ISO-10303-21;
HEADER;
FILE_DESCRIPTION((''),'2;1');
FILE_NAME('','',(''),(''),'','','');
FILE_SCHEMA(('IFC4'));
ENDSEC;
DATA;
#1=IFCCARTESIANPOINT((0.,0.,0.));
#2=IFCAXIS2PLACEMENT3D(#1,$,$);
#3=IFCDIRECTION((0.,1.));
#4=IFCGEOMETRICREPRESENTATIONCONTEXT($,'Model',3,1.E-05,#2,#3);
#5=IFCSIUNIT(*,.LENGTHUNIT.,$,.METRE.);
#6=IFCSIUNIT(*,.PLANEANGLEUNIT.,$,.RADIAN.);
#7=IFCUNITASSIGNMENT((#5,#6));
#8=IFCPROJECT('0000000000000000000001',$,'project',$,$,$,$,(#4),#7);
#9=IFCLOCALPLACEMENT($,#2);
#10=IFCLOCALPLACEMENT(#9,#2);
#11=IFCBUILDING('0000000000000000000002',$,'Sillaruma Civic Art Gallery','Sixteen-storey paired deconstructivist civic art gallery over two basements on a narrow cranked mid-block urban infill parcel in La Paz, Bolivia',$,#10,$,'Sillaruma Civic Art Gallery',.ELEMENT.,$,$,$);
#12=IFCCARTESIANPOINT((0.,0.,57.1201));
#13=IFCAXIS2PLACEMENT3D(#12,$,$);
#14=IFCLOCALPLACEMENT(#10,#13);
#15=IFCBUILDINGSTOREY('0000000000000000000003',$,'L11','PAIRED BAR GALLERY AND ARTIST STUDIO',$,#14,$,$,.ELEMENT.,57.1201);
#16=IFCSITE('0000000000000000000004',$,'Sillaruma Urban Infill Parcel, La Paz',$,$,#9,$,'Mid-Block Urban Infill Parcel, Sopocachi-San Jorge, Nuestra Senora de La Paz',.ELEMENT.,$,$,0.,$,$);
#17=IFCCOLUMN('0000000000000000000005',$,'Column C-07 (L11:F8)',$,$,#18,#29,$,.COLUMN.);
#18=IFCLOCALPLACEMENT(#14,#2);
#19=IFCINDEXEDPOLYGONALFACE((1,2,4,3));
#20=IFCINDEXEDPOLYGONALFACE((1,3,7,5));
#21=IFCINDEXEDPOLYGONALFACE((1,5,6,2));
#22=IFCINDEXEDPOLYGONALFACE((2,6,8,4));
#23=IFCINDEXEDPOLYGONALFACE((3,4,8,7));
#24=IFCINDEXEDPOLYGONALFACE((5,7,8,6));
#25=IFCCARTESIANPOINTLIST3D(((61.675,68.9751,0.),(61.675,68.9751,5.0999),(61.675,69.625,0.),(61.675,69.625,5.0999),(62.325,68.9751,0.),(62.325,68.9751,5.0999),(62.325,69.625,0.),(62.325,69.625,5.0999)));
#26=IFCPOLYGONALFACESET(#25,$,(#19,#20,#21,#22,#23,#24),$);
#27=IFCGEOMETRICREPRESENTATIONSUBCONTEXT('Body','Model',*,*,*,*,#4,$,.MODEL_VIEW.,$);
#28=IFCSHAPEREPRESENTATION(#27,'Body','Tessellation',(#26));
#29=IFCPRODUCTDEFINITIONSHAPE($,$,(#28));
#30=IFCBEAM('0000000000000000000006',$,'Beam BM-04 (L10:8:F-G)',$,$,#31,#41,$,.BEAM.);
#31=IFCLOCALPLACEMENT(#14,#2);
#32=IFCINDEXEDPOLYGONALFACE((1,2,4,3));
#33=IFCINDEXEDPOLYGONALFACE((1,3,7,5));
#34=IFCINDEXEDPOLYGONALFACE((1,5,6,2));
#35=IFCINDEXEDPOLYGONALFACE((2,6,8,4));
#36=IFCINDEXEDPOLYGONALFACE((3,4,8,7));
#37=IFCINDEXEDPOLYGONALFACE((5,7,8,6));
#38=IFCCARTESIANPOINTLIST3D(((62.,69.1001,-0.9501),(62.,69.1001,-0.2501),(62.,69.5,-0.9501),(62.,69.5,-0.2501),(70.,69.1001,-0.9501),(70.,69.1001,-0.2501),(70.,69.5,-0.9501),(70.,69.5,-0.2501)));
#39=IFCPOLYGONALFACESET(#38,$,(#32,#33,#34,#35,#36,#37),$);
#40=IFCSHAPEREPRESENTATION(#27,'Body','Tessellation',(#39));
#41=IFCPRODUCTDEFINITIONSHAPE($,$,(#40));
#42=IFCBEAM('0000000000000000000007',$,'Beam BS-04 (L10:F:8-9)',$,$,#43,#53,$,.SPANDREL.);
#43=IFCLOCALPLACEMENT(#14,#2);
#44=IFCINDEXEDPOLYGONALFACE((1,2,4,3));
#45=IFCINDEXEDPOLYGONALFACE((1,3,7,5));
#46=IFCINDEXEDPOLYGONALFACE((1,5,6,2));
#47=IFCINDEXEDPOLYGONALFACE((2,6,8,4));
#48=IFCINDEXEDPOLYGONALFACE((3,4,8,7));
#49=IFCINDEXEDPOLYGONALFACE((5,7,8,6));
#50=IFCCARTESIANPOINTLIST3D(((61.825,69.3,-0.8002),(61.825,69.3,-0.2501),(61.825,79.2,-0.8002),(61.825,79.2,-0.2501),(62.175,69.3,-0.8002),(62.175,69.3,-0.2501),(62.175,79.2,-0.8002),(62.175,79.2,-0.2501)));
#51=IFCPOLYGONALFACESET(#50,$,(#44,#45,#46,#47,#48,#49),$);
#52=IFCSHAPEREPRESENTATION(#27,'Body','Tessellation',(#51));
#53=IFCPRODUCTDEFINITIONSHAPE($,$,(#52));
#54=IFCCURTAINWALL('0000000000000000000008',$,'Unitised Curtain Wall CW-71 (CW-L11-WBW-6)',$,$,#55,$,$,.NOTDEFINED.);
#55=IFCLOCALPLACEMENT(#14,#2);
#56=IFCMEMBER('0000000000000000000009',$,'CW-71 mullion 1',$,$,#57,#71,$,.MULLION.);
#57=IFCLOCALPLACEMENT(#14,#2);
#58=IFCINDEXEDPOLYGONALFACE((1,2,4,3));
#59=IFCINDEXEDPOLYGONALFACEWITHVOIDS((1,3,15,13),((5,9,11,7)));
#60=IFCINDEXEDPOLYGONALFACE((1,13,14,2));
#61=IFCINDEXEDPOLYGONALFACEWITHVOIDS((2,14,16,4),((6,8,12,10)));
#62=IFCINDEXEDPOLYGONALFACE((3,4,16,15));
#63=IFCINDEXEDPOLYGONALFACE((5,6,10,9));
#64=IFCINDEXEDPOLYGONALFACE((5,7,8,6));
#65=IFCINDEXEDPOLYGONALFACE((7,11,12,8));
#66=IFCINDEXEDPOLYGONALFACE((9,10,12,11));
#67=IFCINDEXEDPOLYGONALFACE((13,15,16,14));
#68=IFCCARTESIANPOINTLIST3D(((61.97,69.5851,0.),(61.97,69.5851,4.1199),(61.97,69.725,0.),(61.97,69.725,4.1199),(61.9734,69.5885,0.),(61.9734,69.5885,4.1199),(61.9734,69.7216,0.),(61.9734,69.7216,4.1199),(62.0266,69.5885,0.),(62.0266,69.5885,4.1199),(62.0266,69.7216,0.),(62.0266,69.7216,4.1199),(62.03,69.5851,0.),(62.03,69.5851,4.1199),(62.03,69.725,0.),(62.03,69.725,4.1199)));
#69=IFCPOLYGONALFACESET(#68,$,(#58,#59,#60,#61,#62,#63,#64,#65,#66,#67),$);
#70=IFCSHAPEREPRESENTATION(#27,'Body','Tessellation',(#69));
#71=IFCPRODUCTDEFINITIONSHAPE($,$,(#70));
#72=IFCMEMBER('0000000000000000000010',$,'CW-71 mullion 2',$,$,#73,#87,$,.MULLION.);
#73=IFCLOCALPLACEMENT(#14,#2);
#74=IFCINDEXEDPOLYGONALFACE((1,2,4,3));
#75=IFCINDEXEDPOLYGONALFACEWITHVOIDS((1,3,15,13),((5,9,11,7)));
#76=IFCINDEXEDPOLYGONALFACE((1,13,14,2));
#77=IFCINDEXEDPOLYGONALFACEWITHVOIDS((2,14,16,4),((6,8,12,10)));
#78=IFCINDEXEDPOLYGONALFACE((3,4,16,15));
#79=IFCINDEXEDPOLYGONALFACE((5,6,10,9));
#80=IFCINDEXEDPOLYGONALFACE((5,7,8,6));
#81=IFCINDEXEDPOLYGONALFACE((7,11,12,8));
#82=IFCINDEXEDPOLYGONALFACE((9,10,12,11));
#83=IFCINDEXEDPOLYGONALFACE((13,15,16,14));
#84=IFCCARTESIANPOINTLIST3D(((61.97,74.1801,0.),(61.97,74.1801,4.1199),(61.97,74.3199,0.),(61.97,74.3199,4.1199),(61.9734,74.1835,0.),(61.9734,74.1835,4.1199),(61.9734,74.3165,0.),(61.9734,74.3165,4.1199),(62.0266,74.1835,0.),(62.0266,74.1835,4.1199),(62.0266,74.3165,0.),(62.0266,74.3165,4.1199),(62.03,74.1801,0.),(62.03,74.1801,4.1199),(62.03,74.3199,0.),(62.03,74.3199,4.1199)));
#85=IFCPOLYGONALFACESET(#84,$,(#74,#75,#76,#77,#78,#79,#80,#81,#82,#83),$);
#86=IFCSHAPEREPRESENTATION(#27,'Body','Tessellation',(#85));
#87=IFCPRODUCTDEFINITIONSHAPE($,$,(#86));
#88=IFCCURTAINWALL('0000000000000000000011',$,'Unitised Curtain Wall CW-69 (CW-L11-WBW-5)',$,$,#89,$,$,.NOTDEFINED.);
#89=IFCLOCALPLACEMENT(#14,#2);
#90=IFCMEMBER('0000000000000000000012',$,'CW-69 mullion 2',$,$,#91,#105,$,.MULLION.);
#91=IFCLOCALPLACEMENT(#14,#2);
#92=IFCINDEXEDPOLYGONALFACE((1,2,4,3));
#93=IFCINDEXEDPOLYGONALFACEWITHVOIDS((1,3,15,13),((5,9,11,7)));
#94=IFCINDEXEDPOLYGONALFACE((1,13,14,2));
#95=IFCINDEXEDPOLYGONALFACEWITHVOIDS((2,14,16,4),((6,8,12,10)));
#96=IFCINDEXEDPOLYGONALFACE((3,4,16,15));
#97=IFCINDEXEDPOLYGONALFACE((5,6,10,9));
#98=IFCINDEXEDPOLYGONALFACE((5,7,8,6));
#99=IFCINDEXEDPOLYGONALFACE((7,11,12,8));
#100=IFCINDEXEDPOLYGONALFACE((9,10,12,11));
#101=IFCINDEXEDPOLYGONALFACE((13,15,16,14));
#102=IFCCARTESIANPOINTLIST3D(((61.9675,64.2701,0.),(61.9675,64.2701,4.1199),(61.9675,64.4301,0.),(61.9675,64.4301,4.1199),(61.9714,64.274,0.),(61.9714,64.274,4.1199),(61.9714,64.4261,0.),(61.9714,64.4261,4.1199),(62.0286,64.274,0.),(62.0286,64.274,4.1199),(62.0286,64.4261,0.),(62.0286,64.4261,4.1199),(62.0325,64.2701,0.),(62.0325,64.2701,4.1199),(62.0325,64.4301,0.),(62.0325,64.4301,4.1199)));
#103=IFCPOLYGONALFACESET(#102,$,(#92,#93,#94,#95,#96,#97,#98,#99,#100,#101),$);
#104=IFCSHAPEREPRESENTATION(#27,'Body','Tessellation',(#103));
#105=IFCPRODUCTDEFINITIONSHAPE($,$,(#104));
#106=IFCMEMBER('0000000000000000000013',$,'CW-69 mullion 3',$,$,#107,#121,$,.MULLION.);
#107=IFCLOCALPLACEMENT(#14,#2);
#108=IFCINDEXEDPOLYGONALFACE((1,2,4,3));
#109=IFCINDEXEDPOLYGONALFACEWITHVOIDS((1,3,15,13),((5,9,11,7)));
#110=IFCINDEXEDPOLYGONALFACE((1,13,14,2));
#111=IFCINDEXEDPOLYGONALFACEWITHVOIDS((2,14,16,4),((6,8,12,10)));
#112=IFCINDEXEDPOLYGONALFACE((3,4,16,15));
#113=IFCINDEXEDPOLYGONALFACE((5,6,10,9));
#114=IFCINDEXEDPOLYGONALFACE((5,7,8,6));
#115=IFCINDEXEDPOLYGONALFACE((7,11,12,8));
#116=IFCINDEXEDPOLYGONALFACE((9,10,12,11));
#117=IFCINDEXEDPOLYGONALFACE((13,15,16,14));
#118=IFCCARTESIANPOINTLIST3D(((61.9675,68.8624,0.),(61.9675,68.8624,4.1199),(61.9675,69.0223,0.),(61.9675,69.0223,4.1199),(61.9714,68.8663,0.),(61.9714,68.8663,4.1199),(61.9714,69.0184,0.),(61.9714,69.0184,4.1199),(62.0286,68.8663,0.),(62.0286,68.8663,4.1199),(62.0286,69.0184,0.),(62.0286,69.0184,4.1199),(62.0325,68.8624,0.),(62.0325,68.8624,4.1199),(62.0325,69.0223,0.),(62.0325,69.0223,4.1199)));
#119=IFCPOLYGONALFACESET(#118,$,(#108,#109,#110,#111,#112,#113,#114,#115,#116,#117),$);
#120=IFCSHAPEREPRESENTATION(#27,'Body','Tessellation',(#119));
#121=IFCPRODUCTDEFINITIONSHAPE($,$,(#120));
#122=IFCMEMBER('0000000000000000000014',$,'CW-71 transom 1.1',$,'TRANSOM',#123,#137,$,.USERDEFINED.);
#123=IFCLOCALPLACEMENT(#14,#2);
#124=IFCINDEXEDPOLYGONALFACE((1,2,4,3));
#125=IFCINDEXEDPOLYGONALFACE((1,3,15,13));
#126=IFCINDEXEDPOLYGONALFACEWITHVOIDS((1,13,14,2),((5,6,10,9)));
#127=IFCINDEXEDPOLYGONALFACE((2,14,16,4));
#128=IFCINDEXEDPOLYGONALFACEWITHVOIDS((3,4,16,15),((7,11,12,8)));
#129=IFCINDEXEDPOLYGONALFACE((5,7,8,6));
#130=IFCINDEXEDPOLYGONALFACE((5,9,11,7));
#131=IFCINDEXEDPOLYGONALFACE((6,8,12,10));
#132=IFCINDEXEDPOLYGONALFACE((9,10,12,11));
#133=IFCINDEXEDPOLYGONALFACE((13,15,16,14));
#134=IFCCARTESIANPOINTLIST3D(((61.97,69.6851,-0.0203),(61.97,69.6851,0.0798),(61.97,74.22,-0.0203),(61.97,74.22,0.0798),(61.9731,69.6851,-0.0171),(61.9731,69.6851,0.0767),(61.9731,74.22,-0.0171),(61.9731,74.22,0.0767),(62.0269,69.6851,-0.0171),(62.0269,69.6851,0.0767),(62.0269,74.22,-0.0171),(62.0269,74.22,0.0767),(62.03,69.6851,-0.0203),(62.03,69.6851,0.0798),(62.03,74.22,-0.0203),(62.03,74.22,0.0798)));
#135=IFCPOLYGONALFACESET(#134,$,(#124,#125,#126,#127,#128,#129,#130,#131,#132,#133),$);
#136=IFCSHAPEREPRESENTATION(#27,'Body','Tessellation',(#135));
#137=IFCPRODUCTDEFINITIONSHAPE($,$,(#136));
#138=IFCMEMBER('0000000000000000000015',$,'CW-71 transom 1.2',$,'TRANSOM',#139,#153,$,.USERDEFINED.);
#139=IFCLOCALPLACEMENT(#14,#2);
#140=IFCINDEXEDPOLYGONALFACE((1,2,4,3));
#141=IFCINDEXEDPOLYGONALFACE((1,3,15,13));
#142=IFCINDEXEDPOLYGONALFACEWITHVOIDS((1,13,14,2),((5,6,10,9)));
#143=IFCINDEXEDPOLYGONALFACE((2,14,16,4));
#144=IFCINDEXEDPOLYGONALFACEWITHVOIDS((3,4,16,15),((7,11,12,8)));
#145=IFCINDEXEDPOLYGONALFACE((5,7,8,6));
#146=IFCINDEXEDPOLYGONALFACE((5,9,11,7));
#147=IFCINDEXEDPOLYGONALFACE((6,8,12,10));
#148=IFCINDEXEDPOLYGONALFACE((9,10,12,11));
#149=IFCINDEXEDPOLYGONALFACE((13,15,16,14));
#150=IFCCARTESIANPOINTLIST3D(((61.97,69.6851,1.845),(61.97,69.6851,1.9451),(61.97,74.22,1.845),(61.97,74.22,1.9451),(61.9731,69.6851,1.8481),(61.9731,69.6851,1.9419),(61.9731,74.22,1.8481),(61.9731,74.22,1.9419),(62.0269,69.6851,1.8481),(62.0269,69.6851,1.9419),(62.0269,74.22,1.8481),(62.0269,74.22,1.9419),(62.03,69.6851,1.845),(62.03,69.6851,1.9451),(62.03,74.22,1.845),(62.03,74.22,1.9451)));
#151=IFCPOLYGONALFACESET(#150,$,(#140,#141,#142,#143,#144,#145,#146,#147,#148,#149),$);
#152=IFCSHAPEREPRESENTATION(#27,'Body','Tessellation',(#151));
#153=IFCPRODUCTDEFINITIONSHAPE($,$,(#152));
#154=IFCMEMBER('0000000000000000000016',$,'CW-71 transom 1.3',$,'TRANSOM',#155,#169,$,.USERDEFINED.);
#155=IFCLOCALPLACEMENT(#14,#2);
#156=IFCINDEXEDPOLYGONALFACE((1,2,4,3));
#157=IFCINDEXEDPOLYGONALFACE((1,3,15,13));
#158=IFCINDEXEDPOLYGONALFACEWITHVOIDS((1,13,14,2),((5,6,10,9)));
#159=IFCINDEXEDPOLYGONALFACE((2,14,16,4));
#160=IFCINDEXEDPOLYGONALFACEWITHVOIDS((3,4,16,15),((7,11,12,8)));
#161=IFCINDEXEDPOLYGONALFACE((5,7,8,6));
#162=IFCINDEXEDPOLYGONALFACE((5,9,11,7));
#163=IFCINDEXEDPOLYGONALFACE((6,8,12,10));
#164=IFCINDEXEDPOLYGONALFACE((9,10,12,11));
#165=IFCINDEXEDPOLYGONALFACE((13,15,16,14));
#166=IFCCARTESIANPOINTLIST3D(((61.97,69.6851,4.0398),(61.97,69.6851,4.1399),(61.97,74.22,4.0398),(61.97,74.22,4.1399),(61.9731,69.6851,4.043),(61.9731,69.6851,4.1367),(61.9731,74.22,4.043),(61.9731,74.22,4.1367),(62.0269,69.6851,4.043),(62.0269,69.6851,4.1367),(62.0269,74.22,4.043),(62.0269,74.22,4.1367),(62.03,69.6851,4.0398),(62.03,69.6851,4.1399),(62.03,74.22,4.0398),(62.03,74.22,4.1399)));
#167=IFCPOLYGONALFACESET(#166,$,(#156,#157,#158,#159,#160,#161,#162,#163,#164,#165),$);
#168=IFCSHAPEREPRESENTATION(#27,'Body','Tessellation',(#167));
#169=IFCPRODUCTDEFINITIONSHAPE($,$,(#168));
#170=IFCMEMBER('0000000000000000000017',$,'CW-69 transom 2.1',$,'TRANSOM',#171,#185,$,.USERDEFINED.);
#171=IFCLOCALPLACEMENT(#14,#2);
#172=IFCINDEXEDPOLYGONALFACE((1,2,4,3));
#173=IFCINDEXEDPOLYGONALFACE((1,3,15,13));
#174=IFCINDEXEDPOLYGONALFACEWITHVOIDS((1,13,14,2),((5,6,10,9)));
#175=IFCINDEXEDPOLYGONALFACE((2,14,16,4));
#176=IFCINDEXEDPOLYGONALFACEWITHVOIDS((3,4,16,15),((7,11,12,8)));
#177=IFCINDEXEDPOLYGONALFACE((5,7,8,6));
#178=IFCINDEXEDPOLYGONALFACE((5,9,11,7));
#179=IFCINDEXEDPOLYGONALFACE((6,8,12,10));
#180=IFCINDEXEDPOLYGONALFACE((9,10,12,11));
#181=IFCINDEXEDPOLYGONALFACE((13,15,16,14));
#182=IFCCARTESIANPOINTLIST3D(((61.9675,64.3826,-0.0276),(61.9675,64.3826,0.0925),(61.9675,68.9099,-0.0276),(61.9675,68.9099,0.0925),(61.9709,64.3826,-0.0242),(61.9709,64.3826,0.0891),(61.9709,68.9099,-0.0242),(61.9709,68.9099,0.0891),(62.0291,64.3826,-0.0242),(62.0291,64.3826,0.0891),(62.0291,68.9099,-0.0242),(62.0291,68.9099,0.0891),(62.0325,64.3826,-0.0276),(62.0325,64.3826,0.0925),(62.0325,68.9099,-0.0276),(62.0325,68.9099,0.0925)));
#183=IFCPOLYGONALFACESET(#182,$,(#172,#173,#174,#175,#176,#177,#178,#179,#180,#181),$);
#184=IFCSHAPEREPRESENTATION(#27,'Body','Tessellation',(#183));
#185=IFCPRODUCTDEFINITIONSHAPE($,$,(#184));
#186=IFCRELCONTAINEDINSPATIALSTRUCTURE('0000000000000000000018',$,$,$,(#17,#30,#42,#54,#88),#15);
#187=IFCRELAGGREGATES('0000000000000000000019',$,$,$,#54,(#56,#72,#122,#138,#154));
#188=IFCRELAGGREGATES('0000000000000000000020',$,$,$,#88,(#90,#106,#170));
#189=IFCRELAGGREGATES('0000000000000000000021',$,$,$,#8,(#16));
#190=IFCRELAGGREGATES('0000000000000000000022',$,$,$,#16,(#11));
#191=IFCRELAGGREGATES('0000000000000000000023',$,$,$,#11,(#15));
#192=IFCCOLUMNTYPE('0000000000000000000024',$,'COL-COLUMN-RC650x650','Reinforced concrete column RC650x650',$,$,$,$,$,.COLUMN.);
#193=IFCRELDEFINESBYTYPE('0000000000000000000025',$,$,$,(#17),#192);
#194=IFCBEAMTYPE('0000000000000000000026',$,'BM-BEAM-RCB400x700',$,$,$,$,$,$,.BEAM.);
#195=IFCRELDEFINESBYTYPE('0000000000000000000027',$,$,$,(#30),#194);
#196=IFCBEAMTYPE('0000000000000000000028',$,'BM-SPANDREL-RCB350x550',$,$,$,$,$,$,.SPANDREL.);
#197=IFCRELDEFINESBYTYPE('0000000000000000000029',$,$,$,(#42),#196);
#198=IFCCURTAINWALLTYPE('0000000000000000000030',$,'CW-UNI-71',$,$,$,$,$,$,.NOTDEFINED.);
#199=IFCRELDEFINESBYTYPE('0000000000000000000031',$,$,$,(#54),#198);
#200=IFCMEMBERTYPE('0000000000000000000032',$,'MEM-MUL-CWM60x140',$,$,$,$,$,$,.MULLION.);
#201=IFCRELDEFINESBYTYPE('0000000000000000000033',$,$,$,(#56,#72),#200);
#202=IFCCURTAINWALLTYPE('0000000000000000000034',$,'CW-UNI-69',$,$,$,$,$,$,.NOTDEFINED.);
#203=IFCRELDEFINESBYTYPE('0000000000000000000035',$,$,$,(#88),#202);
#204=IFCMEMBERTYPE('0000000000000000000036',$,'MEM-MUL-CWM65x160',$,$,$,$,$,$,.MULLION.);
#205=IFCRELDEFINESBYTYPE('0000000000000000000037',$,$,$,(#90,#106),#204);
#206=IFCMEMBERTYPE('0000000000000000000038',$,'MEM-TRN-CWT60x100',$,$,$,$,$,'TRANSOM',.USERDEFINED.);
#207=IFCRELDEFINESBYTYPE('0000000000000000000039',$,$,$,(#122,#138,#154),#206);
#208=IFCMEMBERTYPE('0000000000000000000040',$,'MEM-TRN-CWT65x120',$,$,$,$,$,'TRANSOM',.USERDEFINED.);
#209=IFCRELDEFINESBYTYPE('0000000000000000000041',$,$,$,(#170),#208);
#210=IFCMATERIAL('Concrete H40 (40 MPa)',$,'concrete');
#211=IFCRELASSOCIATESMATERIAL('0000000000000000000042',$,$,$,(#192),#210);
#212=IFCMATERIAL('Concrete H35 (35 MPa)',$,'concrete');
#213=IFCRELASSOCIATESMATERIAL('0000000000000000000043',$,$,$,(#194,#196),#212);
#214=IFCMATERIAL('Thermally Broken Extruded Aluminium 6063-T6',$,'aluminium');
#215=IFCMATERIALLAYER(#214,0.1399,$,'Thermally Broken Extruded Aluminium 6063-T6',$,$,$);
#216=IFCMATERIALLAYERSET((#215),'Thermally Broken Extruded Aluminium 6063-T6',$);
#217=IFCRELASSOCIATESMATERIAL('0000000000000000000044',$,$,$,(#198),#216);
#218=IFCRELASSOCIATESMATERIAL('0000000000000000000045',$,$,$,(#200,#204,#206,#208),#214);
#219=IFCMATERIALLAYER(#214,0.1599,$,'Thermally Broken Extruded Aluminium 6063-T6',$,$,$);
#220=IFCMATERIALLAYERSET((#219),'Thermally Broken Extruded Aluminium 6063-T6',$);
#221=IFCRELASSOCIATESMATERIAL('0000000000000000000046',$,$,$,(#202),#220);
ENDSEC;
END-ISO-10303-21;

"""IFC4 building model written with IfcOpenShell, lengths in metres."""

from ifc_helpers import new_model, si_unit, direction, frame, origin, origin_2d, place, context, subcontext, project, spatial, rectangle, hollow_rectangle, extrude, material, layer, layer_set, material_profile, profile_set, type_object, element, aggregate, save


model = new_model("IFC4")

# Units and contexts
model_context = context("Model", 3, precision=1e-05, world=origin(), true_north=direction((0.0, 1.0)))
body_context = subcontext(model_context, "Body", "Model", "MODEL_VIEW")
ifc_project = project(units=[si_unit("LENGTHUNIT", "METRE"), si_unit("PLANEANGLEUNIT", "RADIAN")], contexts=[model_context])

# Site, building, storey
site_placement = place(None, origin())
site = spatial("IfcSite", under=ifc_project, at=site_placement, Name="Sillaruma Urban Infill Parcel, La Paz", LongName="Mid-Block Urban Infill Parcel, Sopocachi-San Jorge, Nuestra Senora de La Paz", CompositionType="ELEMENT", RefElevation=0.0)
building_placement = place(site_placement, origin())
building = spatial("IfcBuilding", under=site, at=building_placement, Name="Sillaruma Civic Art Gallery", Description="Sixteen-storey paired deconstructivist civic art gallery over two basements on a narrow cranked mid-block urban infill parcel in La Paz, Bolivia", LongName="Sillaruma Civic Art Gallery", CompositionType="ELEMENT")
storey_placement = place(building_placement, frame((0.0, 0.0, 57.1201)))
storey = spatial("IfcBuildingStorey", under=building, at=storey_placement, Name="L11", Description="PAIRED BAR GALLERY AND ARTIST STUDIO", CompositionType="ELEMENT", Elevation=57.1201)

# Column
ifc_material_1 = material(Name="Concrete H40 (40 MPa)", Category="concrete")
ifc_material_profile_1 = material_profile(ifc_material_1, rectangle(XDim=0.6499, YDim=0.6499, at=origin_2d()), Name="RC650x650")
ifc_profile_set_1 = profile_set([ifc_material_profile_1], Name="Concrete H40 (40 MPa)")
column_type = type_object("IfcColumnType", Name="COL-COLUMN-RC650x650", Description="Reinforced concrete column RC650x650", PredefinedType="COLUMN", material=ifc_profile_set_1)
column_placement = place(storey_placement, frame((62.0, 69.3, 0.0), z_axis=(0.0, 0.0, 1.0), x_axis=(1.0, 0.0, 0.0)))
element("IfcColumn", 1, at=column_placement, inside=storey, type_object=column_type, Name="Column C-07 (L11:F8)", PredefinedType="COLUMN", context=body_context, shape_type="SweptSolid", body=[
    extrude(rectangle(XDim=0.6499, YDim=0.6499, at=origin_2d()), origin(), (0.0, 0.0, 1.0), 5.0999),
])

# Beams
ifc_material_2 = material(Name="Concrete H35 (35 MPa)", Category="concrete")
ifc_material_profile_2 = material_profile(ifc_material_2, rectangle(XDim=0.3999, YDim=0.7, at=origin_2d()), Name="RCB400x700")
ifc_profile_set_2 = profile_set([ifc_material_profile_2], Name="Concrete H35 (35 MPa)")
beam_type_1 = type_object("IfcBeamType", Name="BM-BEAM-RCB400x700", PredefinedType="BEAM", material=ifc_profile_set_2)
beam_1_placement = place(storey_placement, frame((62.0, 69.3, -0.6001), z_axis=(1.0, 0.0, 0.0), x_axis=(0.0, 1.0, 0.0)))
element("IfcBeam", 2, at=beam_1_placement, inside=storey, type_object=beam_type_1, Name="Beam BM-04 (L10:8:F-G)", PredefinedType="BEAM", context=body_context, shape_type="SweptSolid", body=[
    extrude(rectangle(XDim=0.3999, YDim=0.7, at=origin_2d()), origin(), (0.0, 0.0, 1.0), 8.0),
])
ifc_material_profile_3 = material_profile(ifc_material_2, rectangle(XDim=0.3501, YDim=0.55, at=origin_2d()), Name="RCB350x550")
ifc_profile_set_3 = profile_set([ifc_material_profile_3], Name="Concrete H35 (35 MPa)")
beam_type_2 = type_object("IfcBeamType", Name="BM-SPANDREL-RCB350x550", PredefinedType="SPANDREL", material=ifc_profile_set_3)
beam_2_placement = place(storey_placement, frame((62.0, 69.3, -0.5251), z_axis=(0.0, 1.0, 0.0), x_axis=(-1.0, 0.0, 0.0)))
element("IfcBeam", 3, at=beam_2_placement, inside=storey, type_object=beam_type_2, Name="Beam BS-04 (L10:F:8-9)", PredefinedType="SPANDREL", context=body_context, shape_type="SweptSolid", body=[
    extrude(rectangle(XDim=0.3501, YDim=0.55, at=origin_2d()), origin(), (0.0, 0.0, 1.0), 9.8999),
])

# Curtain walls, members
ifc_material_3 = material(Name="Thermally Broken Extruded Aluminium 6063-T6", Category="aluminium")
ifc_layer_1 = layer(ifc_material_3, 0.1399, Name="Thermally Broken Extruded Aluminium 6063-T6")
ifc_layer_set_1 = layer_set([ifc_layer_1], Name="Thermally Broken Extruded Aluminium 6063-T6")
curtain_wall_type_1 = type_object("IfcCurtainWallType", Name="CW-UNI-71", PredefinedType="NOTDEFINED", material=ifc_layer_set_1)
curtain_wall_1_placement = place(storey_placement, origin())
curtain_wall_1 = element("IfcCurtainWall", 4, at=curtain_wall_1_placement, inside=storey, type_object=curtain_wall_type_1, Name="Unitised Curtain Wall CW-71 (CW-L11-WBW-6)", PredefinedType="NOTDEFINED")
ifc_material_profile_4 = material_profile(ifc_material_3, hollow_rectangle(XDim=0.0601, YDim=0.1399, WallThickness=0.0034, at=origin_2d()), Name="CWM60x140")
ifc_profile_set_4 = profile_set([ifc_material_profile_4], Name="Thermally Broken Extruded Aluminium 6063-T6")
member_type_1 = type_object("IfcMemberType", Name="MEM-MUL-CWM60x140", PredefinedType="MULLION", material=ifc_profile_set_4)
member_1_placement = place(storey_placement, frame((62.0, 69.655, 0.0), z_axis=(0.0, 0.0, 1.0), x_axis=(-1.0, 0.0, 0.0)))
member_1 = element("IfcMember", 5, at=member_1_placement, type_object=member_type_1, Name="CW-71 mullion 1", PredefinedType="MULLION", context=body_context, shape_type="SweptSolid", body=[
    extrude(hollow_rectangle(XDim=0.0601, YDim=0.1399, WallThickness=0.0034, at=origin_2d()), origin(), (0.0, 0.0, 1.0), 4.1199),
])
member_2_placement = place(storey_placement, frame((62.0, 74.25, 0.0), z_axis=(0.0, 0.0, 1.0), x_axis=(-1.0, 0.0, 0.0)))
member_2 = element("IfcMember", 6, at=member_2_placement, type_object=member_type_1, Name="CW-71 mullion 2", PredefinedType="MULLION", context=body_context, shape_type="SweptSolid", body=[
    extrude(hollow_rectangle(XDim=0.0601, YDim=0.1399, WallThickness=0.0034, at=origin_2d()), origin(), (0.0, 0.0, 1.0), 4.1199),
])
ifc_layer_2 = layer(ifc_material_3, 0.1599, Name="Thermally Broken Extruded Aluminium 6063-T6")
ifc_layer_set_2 = layer_set([ifc_layer_2], Name="Thermally Broken Extruded Aluminium 6063-T6")
curtain_wall_type_2 = type_object("IfcCurtainWallType", Name="CW-UNI-69", PredefinedType="NOTDEFINED", material=ifc_layer_set_2)
curtain_wall_2_placement = place(storey_placement, origin())
curtain_wall_2 = element("IfcCurtainWall", 7, at=curtain_wall_2_placement, inside=storey, type_object=curtain_wall_type_2, Name="Unitised Curtain Wall CW-69 (CW-L11-WBW-5)", PredefinedType="NOTDEFINED")
ifc_material_profile_5 = material_profile(ifc_material_3, hollow_rectangle(XDim=0.0649, YDim=0.1599, WallThickness=0.0039, at=origin_2d()), Name="CWM65x160")
ifc_profile_set_5 = profile_set([ifc_material_profile_5], Name="Thermally Broken Extruded Aluminium 6063-T6")
member_type_2 = type_object("IfcMemberType", Name="MEM-MUL-CWM65x160", PredefinedType="MULLION", material=ifc_profile_set_5)
member_3_placement = place(storey_placement, frame((62.0, 64.3501, 0.0), z_axis=(0.0, 0.0, 1.0), x_axis=(-1.0, 0.0, 0.0)))
member_3 = element("IfcMember", 8, at=member_3_placement, type_object=member_type_2, Name="CW-69 mullion 2", PredefinedType="MULLION", context=body_context, shape_type="SweptSolid", body=[
    extrude(hollow_rectangle(XDim=0.0649, YDim=0.1599, WallThickness=0.0039, at=origin_2d()), origin(), (0.0, 0.0, 1.0), 4.1199),
])
member_4_placement = place(storey_placement, frame((62.0, 68.9424, 0.0), z_axis=(0.0, 0.0, 1.0), x_axis=(-1.0, 0.0, 0.0)))
member_4 = element("IfcMember", 9, at=member_4_placement, type_object=member_type_2, Name="CW-69 mullion 3", PredefinedType="MULLION", context=body_context, shape_type="SweptSolid", body=[
    extrude(hollow_rectangle(XDim=0.0649, YDim=0.1599, WallThickness=0.0039, at=origin_2d()), origin(), (0.0, 0.0, 1.0), 4.1199),
])

# Members
ifc_material_profile_6 = material_profile(ifc_material_3, hollow_rectangle(XDim=0.0601, YDim=0.1001, WallThickness=0.0032, at=origin_2d()), Name="CWT60x100")
ifc_profile_set_6 = profile_set([ifc_material_profile_6], Name="Thermally Broken Extruded Aluminium 6063-T6")
member_type_3 = type_object("IfcMemberType", Name="MEM-TRN-CWT60x100", ElementType="TRANSOM", PredefinedType="USERDEFINED", material=ifc_profile_set_6)
member_5_placement = place(storey_placement, frame((62.0, 69.6851, 0.0298), z_axis=(0.0, 1.0, 0.0), x_axis=(-1.0, 0.0, 0.0)))
member_5 = element("IfcMember", 10, at=member_5_placement, type_object=member_type_3, Name="CW-71 transom 1.1", ObjectType="TRANSOM", PredefinedType="USERDEFINED", context=body_context, shape_type="SweptSolid", body=[
    extrude(hollow_rectangle(XDim=0.0601, YDim=0.1001, WallThickness=0.0032, at=origin_2d()), origin(), (0.0, 0.0, 1.0), 4.5349),
])
member_6_placement = place(storey_placement, frame((62.0, 69.6851, 1.895), z_axis=(0.0, 1.0, 0.0), x_axis=(-1.0, 0.0, 0.0)))
member_6 = element("IfcMember", 11, at=member_6_placement, type_object=member_type_3, Name="CW-71 transom 1.2", ObjectType="TRANSOM", PredefinedType="USERDEFINED", context=body_context, shape_type="SweptSolid", body=[
    extrude(hollow_rectangle(XDim=0.0601, YDim=0.1001, WallThickness=0.0032, at=origin_2d()), origin(), (0.0, 0.0, 1.0), 4.5349),
])
member_7_placement = place(storey_placement, frame((62.0, 69.6851, 4.0898), z_axis=(0.0, 1.0, 0.0), x_axis=(-1.0, 0.0, 0.0)))
member_7 = element("IfcMember", 12, at=member_7_placement, type_object=member_type_3, Name="CW-71 transom 1.3", ObjectType="TRANSOM", PredefinedType="USERDEFINED", context=body_context, shape_type="SweptSolid", body=[
    extrude(hollow_rectangle(XDim=0.0601, YDim=0.1001, WallThickness=0.0032, at=origin_2d()), origin(), (0.0, 0.0, 1.0), 4.5349),
])
ifc_material_profile_7 = material_profile(ifc_material_3, hollow_rectangle(XDim=0.0649, YDim=0.1201, WallThickness=0.0034, at=origin_2d()), Name="CWT65x120")
ifc_profile_set_7 = profile_set([ifc_material_profile_7], Name="Thermally Broken Extruded Aluminium 6063-T6")
member_type_4 = type_object("IfcMemberType", Name="MEM-TRN-CWT65x120", ElementType="TRANSOM", PredefinedType="USERDEFINED", material=ifc_profile_set_7)
member_8_placement = place(storey_placement, frame((62.0, 64.3826, 0.0325), z_axis=(0.0, 1.0, 0.0), x_axis=(-1.0, 0.0, 0.0)))
member_8 = element("IfcMember", 13, at=member_8_placement, type_object=member_type_4, Name="CW-69 transom 2.1", ObjectType="TRANSOM", PredefinedType="USERDEFINED", context=body_context, shape_type="SweptSolid", body=[
    extrude(hollow_rectangle(XDim=0.0649, YDim=0.1201, WallThickness=0.0034, at=origin_2d()), origin(), (0.0, 0.0, 1.0), 4.5273),
])

aggregate(curtain_wall_1, [member_1, member_2, member_5, member_6, member_7])
aggregate(curtain_wall_2, [member_3, member_4, member_8])

save(model, "model.ifc")
